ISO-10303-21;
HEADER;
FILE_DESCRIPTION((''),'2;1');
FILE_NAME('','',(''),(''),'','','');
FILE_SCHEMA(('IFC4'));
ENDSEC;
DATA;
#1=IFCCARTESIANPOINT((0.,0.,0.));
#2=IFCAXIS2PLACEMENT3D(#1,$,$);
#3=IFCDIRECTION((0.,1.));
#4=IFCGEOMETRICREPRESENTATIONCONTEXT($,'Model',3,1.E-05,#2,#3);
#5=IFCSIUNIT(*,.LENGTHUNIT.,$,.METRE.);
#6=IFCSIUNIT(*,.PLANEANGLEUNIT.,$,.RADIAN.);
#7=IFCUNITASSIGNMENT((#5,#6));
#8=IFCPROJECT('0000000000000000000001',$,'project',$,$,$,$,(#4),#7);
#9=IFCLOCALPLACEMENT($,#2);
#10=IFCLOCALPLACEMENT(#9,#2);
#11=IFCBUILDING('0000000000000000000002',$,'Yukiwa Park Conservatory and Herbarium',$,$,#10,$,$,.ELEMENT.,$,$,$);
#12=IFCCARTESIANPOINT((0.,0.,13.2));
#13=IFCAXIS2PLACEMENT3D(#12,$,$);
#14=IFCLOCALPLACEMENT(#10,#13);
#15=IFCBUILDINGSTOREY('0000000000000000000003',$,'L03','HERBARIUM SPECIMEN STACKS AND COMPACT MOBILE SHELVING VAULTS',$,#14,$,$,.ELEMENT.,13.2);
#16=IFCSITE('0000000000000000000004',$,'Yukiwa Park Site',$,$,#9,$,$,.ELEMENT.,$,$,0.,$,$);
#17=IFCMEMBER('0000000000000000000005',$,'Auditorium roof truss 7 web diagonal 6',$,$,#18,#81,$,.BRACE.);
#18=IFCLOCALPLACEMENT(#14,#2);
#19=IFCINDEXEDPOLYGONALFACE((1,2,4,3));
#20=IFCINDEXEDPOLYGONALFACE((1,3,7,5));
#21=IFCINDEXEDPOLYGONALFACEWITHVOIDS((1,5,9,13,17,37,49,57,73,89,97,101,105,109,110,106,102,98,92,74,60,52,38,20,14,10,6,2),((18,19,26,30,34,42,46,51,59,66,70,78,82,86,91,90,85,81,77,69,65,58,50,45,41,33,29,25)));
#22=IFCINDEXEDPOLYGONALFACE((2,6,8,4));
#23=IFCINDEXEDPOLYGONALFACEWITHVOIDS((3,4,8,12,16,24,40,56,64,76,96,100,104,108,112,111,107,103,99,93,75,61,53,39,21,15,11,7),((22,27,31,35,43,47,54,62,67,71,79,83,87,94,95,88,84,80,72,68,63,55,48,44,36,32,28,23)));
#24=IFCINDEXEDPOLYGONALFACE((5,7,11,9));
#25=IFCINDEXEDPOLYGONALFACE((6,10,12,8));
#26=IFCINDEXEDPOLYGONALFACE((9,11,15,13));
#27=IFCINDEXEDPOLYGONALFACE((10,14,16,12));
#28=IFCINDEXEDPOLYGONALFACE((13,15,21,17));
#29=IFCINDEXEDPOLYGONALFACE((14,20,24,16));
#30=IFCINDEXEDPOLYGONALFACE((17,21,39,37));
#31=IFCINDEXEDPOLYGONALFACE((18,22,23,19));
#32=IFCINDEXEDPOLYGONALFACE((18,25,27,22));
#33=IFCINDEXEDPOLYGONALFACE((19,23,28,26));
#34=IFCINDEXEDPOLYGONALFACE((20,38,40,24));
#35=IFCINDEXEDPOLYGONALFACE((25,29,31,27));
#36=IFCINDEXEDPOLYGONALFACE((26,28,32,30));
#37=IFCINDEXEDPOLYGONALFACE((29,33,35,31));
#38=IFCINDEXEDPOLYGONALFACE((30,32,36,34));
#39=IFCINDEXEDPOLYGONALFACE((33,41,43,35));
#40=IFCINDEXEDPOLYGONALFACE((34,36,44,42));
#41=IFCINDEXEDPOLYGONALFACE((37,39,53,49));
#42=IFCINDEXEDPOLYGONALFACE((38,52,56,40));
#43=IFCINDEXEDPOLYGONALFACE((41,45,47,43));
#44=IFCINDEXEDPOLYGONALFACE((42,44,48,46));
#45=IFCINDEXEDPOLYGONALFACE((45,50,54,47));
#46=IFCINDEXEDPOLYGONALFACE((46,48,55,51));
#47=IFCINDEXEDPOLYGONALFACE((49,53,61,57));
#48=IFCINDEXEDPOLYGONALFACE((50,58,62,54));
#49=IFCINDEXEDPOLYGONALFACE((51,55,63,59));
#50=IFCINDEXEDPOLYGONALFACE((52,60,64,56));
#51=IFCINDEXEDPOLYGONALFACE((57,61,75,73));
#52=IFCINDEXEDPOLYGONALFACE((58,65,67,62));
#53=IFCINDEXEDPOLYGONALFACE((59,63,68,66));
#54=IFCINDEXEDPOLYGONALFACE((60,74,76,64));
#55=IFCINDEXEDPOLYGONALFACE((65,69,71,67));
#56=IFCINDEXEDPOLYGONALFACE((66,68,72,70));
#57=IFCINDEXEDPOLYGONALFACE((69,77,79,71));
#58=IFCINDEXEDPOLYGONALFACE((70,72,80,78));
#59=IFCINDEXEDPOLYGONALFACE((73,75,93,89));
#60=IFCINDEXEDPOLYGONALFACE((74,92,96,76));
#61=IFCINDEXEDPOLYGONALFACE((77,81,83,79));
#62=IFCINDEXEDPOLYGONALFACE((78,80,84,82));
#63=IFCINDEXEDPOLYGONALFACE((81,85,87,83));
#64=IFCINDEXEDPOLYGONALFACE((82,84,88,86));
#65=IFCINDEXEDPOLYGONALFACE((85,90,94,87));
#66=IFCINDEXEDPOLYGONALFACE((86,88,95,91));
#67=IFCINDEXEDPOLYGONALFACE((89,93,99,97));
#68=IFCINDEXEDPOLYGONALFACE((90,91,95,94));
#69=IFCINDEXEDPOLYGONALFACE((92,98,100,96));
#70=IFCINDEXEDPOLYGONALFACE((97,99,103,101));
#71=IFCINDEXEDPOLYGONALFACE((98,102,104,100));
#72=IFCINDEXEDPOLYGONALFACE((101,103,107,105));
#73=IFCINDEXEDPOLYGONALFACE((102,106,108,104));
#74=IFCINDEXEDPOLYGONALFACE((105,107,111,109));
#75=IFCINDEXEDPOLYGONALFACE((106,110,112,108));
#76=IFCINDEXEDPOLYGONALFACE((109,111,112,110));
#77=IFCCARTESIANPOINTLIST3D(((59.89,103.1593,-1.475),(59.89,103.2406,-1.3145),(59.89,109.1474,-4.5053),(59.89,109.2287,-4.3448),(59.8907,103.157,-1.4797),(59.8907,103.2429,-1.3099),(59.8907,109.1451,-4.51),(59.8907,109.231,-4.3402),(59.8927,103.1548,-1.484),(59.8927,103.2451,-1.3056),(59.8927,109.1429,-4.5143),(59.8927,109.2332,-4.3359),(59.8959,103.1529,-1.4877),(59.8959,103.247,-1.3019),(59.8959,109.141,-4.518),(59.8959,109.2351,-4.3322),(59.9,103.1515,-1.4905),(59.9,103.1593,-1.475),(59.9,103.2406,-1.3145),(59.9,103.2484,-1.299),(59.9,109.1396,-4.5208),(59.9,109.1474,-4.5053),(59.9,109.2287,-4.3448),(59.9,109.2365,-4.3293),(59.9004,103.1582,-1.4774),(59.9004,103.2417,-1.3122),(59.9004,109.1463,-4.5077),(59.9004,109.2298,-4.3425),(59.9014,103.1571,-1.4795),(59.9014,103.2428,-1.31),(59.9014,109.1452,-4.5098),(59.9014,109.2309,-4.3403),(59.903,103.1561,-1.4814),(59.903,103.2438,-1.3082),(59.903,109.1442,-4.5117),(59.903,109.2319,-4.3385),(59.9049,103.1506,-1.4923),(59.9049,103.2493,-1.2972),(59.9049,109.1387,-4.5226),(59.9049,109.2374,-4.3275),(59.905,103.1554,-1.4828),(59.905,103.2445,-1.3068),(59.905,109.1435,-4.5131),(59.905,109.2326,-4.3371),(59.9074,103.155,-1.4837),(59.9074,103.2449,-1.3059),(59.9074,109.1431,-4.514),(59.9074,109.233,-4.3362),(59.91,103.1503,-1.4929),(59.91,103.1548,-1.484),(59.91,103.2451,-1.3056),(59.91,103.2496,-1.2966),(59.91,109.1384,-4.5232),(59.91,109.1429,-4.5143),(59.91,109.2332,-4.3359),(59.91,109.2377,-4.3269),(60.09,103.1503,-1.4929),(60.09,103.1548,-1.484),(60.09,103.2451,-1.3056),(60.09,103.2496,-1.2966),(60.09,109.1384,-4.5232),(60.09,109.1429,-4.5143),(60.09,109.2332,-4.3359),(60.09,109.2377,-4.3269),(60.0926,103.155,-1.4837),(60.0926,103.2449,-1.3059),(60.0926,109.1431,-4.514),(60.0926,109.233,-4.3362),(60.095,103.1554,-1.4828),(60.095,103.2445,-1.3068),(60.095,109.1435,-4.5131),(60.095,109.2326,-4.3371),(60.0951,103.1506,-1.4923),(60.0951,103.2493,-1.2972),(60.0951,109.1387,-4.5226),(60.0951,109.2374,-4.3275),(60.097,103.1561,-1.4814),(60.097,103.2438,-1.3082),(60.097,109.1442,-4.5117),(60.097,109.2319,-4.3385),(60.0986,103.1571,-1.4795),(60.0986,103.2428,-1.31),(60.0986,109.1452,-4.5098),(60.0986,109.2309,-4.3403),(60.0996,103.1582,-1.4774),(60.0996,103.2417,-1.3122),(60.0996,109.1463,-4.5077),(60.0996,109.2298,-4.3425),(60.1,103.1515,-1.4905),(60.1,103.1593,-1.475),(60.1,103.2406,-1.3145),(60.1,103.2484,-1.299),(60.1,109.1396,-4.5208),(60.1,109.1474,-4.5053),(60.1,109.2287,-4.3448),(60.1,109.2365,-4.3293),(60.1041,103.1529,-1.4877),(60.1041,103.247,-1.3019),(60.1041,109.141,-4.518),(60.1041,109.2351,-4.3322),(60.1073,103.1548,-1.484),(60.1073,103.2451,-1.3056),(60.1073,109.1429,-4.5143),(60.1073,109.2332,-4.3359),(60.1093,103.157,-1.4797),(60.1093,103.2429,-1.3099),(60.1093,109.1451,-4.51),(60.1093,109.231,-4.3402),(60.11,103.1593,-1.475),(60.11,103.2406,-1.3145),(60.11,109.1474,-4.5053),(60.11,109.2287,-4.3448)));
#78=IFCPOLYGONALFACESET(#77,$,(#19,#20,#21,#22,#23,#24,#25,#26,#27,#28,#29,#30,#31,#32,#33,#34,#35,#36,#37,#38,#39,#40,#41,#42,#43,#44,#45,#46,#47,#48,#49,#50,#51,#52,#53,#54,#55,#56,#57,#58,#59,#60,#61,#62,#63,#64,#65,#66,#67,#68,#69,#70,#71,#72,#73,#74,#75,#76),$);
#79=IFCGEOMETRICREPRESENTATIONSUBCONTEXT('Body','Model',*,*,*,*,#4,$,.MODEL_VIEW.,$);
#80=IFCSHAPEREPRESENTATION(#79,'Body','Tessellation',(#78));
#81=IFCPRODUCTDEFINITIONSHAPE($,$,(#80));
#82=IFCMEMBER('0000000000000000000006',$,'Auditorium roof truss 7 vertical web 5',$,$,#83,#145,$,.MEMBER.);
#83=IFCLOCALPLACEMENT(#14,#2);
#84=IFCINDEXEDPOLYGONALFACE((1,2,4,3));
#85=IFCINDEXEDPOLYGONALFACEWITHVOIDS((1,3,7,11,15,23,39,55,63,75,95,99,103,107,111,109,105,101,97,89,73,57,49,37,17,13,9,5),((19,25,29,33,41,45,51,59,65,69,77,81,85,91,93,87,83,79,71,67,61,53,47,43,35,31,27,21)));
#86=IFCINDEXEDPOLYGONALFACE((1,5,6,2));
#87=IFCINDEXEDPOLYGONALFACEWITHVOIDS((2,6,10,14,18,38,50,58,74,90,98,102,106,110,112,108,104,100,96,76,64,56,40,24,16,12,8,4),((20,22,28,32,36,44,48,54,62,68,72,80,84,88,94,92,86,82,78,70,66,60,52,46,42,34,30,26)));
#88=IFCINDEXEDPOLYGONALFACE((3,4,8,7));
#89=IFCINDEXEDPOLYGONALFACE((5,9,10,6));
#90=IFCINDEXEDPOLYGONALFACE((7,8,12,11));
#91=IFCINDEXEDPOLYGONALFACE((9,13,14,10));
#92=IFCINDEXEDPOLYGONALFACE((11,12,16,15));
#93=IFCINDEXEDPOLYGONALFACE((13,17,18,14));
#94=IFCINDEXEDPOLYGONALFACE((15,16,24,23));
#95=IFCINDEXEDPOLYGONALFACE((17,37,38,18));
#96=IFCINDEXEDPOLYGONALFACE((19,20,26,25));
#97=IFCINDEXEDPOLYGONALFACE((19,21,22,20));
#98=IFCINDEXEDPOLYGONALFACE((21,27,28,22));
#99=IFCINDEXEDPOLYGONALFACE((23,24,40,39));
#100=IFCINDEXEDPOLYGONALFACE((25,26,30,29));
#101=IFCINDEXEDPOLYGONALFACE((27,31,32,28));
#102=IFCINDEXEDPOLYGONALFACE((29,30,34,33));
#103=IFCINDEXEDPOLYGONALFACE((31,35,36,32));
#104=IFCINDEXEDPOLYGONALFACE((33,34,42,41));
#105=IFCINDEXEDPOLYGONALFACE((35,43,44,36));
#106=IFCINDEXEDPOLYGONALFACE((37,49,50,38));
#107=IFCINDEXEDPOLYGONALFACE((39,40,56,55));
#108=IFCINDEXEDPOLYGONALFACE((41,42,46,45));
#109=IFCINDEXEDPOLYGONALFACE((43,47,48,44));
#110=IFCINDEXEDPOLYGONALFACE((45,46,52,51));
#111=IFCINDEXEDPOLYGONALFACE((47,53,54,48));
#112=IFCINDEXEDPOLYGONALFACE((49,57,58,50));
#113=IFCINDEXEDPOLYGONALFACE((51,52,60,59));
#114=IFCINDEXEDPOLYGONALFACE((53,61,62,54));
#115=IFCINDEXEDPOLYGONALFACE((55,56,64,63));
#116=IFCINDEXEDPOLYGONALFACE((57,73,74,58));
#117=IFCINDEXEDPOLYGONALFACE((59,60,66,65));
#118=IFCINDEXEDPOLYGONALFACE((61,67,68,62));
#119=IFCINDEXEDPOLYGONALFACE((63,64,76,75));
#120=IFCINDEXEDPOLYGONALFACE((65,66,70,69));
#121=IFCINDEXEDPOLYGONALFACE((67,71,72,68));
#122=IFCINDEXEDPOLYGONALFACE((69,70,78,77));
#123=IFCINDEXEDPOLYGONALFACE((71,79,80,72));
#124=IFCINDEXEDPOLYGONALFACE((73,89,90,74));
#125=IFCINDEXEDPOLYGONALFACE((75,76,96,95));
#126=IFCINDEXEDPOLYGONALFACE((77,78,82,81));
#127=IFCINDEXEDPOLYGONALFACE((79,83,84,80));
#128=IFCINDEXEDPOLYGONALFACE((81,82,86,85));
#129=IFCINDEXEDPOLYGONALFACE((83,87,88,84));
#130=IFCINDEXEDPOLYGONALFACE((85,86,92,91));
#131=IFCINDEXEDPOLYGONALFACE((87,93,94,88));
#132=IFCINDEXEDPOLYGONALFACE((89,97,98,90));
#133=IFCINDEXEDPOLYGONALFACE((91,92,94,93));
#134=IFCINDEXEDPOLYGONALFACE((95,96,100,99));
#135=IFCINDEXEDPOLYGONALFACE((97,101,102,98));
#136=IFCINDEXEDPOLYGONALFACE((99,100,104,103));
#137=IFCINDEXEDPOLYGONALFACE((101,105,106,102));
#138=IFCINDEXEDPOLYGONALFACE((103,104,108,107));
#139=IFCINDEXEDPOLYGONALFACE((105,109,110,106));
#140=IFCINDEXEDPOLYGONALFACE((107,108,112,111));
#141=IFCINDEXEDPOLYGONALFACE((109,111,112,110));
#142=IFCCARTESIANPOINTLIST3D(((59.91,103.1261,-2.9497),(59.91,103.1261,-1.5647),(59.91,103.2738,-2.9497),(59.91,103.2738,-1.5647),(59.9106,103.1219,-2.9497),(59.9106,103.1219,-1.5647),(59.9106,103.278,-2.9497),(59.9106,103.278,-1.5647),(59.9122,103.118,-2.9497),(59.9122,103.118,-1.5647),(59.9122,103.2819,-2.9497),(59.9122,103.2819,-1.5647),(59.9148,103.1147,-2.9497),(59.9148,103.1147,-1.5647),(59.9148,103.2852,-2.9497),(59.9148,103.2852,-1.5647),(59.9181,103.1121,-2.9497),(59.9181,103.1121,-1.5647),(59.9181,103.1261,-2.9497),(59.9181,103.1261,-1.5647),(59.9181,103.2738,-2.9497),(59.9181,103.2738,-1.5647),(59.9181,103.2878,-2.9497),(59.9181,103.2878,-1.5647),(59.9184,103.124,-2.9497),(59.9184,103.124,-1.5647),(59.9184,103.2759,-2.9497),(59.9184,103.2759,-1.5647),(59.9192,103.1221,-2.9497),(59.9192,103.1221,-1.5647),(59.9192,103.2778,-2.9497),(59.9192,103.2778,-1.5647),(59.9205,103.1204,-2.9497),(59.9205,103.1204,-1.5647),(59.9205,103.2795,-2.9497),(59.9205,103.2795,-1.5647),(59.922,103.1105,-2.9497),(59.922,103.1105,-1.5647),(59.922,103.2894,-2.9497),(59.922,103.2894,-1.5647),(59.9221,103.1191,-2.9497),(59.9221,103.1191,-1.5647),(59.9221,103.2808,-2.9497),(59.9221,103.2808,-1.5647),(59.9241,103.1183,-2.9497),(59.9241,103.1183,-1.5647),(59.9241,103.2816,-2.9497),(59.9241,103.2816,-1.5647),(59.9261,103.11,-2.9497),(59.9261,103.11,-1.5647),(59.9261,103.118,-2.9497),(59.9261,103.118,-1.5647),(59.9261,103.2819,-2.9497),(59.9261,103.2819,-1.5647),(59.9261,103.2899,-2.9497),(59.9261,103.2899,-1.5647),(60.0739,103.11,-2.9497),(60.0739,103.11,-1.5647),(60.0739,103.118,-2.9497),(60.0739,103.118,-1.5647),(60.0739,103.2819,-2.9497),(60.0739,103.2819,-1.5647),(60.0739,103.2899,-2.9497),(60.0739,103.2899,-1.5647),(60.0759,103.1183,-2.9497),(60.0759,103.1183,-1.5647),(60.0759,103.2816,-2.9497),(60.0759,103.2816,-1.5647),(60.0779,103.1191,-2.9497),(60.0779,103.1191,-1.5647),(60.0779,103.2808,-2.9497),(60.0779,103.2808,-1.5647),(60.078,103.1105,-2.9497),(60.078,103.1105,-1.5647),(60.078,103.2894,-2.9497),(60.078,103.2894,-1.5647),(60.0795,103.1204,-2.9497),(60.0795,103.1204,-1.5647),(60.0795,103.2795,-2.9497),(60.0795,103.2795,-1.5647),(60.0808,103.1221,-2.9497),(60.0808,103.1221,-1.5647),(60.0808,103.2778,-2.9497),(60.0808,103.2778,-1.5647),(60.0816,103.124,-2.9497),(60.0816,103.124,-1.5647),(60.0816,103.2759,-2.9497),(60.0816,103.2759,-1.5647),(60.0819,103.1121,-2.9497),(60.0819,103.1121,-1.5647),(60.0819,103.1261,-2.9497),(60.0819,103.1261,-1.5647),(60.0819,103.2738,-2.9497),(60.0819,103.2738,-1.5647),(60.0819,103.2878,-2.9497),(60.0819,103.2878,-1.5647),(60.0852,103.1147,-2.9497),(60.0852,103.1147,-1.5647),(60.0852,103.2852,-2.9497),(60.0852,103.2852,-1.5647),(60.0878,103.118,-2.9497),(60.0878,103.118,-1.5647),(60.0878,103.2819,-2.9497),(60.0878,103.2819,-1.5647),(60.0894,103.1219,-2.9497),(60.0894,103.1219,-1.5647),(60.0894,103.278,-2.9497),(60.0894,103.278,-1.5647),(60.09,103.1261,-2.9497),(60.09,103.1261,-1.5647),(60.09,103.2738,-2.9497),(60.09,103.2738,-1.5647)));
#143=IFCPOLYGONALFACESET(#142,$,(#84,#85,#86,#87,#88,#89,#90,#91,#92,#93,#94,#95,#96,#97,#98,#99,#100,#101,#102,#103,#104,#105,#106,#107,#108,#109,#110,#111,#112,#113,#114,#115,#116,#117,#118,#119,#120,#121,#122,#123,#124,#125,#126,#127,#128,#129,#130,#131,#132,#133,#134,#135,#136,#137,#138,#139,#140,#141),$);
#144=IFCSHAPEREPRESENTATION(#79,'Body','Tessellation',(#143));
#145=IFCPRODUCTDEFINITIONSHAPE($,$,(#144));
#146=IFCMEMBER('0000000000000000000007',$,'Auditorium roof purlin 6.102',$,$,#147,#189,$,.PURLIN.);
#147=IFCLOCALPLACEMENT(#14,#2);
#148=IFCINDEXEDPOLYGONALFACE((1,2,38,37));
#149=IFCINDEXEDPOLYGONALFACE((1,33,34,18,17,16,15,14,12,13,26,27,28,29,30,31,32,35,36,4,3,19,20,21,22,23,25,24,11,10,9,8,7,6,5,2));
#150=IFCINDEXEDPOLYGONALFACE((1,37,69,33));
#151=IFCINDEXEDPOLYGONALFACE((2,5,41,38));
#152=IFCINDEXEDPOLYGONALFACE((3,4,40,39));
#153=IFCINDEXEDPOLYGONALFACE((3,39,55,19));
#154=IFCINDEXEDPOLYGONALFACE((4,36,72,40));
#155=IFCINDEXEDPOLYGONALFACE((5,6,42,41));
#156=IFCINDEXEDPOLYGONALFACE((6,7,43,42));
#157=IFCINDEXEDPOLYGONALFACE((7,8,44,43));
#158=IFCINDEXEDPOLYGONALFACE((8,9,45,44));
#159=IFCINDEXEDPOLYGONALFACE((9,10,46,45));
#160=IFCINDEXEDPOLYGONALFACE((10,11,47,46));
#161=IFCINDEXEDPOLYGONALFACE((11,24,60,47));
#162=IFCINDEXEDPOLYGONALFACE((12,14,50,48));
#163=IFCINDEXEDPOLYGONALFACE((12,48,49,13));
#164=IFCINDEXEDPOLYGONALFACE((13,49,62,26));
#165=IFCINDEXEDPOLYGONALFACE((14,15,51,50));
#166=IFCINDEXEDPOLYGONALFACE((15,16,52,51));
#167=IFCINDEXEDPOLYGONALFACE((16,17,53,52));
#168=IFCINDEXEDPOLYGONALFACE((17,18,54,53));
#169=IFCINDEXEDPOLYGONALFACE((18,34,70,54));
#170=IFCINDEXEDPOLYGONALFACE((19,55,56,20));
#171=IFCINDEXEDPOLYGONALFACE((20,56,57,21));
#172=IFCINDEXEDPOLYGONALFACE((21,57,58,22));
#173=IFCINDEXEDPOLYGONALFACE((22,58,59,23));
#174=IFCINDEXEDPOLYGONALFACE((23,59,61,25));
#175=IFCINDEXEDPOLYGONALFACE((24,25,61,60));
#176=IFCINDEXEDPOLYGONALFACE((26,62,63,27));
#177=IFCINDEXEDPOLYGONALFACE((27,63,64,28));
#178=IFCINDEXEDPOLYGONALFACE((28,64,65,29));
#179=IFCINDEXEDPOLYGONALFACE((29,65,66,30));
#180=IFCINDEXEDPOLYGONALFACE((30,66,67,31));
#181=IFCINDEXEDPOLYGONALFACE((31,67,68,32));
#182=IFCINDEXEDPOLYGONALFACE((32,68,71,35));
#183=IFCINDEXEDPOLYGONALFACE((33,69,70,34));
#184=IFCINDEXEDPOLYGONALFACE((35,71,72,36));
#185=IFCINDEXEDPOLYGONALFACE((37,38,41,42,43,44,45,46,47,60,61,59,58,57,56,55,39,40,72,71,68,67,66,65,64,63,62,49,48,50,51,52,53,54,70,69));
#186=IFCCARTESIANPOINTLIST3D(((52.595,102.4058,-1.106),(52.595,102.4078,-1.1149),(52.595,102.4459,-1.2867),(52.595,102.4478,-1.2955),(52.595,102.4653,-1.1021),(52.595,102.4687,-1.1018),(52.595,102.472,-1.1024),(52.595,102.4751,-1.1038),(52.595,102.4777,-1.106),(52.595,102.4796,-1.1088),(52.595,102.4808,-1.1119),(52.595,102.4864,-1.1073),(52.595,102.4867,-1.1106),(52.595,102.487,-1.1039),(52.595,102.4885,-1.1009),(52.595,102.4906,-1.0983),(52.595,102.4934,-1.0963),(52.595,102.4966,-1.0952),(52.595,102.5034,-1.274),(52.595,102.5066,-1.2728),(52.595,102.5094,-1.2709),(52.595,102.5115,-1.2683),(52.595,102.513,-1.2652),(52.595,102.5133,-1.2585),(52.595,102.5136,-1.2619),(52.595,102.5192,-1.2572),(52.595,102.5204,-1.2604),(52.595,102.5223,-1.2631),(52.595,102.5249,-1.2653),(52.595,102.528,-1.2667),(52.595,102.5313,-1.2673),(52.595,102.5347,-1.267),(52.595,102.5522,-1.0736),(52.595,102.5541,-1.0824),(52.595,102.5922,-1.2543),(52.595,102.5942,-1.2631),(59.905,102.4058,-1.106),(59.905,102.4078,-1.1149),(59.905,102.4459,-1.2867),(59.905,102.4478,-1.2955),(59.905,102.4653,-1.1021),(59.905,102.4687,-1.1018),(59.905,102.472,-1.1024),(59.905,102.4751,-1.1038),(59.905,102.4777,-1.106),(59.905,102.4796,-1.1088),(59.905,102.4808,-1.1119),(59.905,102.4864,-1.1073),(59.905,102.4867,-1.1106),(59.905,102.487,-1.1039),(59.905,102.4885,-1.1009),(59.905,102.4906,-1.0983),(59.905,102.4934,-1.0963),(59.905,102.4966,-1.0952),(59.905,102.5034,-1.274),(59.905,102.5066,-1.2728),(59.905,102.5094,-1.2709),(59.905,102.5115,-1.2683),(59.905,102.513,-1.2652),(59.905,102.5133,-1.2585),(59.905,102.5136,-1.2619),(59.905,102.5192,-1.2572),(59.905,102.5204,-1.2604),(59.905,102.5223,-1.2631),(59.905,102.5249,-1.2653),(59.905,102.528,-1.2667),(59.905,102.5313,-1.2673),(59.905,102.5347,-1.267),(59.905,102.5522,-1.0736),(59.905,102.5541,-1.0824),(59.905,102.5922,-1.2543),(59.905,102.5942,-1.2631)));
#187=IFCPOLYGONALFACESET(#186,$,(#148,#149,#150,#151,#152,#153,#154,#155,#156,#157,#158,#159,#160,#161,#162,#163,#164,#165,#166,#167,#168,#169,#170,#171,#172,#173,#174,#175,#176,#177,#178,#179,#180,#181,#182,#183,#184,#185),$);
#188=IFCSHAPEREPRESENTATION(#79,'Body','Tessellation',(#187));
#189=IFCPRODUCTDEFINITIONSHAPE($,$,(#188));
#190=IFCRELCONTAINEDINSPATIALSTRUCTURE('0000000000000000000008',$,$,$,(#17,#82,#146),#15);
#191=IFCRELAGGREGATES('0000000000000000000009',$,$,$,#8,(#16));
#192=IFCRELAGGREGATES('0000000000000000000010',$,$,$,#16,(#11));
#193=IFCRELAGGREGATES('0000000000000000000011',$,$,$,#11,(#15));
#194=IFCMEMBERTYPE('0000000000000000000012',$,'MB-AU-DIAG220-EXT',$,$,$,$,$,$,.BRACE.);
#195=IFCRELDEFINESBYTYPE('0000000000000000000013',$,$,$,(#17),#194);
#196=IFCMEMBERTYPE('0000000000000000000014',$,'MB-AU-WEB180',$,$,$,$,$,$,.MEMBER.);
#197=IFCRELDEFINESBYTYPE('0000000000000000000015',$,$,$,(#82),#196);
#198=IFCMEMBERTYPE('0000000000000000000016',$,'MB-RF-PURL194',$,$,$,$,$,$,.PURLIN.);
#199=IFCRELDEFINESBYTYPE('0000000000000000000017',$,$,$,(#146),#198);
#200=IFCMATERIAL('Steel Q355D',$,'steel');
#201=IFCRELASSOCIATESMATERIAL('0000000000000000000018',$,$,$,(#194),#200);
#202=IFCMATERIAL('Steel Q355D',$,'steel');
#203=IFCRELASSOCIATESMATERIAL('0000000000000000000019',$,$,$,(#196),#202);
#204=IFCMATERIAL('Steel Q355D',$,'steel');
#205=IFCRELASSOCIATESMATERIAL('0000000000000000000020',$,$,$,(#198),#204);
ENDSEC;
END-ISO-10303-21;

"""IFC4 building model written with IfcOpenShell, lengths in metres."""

from ifc_helpers import new_model, si_unit, direction, frame, origin, origin_2d, place, context, subcontext, project, spatial, hollow_rectangle, i_section, extrude, material, material_profile, profile_set, type_object, element, save


model = new_model("IFC4")

# Units and contexts
model_context = context("Model", 3, precision=1e-05, world=origin(), true_north=direction((0.0, 1.0)))
body_context = subcontext(model_context, "Body", "Model", "MODEL_VIEW")
ifc_project = project(units=[si_unit("LENGTHUNIT", "METRE"), si_unit("PLANEANGLEUNIT", "RADIAN")], contexts=[model_context])

# Site, building, storey
site_placement = place(None, origin())
site = spatial("IfcSite", under=ifc_project, at=site_placement, Name="Yukiwa Park Site", CompositionType="ELEMENT", RefElevation=0.0)
building_placement = place(site_placement, origin())
building = spatial("IfcBuilding", under=site, at=building_placement, Name="Yukiwa Park Conservatory and Herbarium", CompositionType="ELEMENT")
storey_placement = place(building_placement, frame((0.0, 0.0, 13.2)))
storey = spatial("IfcBuildingStorey", under=building, at=storey_placement, Name="L03", Description="HERBARIUM SPECIMEN STACKS AND COMPACT MOBILE SHELVING VAULTS", CompositionType="ELEMENT", Elevation=13.2)

# Members
ifc_material_1 = material(Name="Steel Q355D", Category="steel")
ifc_material_profile_1 = material_profile(ifc_material_1, hollow_rectangle(XDim=0.22, YDim=0.22, WallThickness=0.01, InnerFilletRadius=0.01, OuterFilletRadius=0.02, at=origin_2d()), Name="SHS 220x220x10")
ifc_profile_set_1 = profile_set([ifc_material_profile_1], Name="Steel Q355D")
member_type_1 = type_object("IfcMemberType", Name="MB-AU-DIAG220-EXT", PredefinedType="BRACE", material=ifc_profile_set_1)
member_1_placement = place(storey_placement, frame((60.0, 103.2, -1.3948), z_axis=(0.0, 0.892256, -0.45153), x_axis=(-1.0, 0.0, 0.0)))
element("IfcMember", 1, at=member_1_placement, inside=storey, type_object=member_type_1, Name="Auditorium roof truss 7 web diagonal 6", PredefinedType="BRACE", context=body_context, shape_type="SweptSolid", body=[
    extrude(hollow_rectangle(XDim=0.22, YDim=0.22, WallThickness=0.01, InnerFilletRadius=0.01, OuterFilletRadius=0.02, at=origin_2d()), origin(), (0.0, 0.0, 1.0), 6.7112),
])
ifc_material_2 = material(Name="Steel Q355D", Category="steel")
ifc_material_profile_2 = material_profile(ifc_material_2, hollow_rectangle(XDim=0.1799, YDim=0.1799, WallThickness=0.0081, InnerFilletRadius=0.0081, OuterFilletRadius=0.0161, at=origin_2d()), Name="SHS 180x180x8")
ifc_profile_set_2 = profile_set([ifc_material_profile_2], Name="Steel Q355D")
member_type_2 = type_object("IfcMemberType", Name="MB-AU-WEB180", PredefinedType="MEMBER", material=ifc_profile_set_2)
member_2_placement = place(storey_placement, frame((60.0, 103.2, -2.9497), z_axis=(0.0, 0.0, 1.0), x_axis=(1.0, 0.0, 0.0)))
element("IfcMember", 2, at=member_2_placement, inside=storey, type_object=member_type_2, Name="Auditorium roof truss 7 vertical web 5", PredefinedType="MEMBER", context=body_context, shape_type="SweptSolid", body=[
    extrude(hollow_rectangle(XDim=0.1799, YDim=0.1799, WallThickness=0.0081, InnerFilletRadius=0.0081, OuterFilletRadius=0.0161, at=origin_2d()), origin(), (0.0, 0.0, 1.0), 1.385),
])
ifc_material_3 = material(Name="Steel Q355D", Category="steel")
ifc_material_profile_3 = material_profile(ifc_material_3, i_section(OverallWidth=0.1499, OverallDepth=0.1941, WebThickness=0.0061, FlangeThickness=0.009, FilletRadius=0.0129, at=origin_2d()), Name="HM 194x150x6x9")
ifc_profile_set_3 = profile_set([ifc_material_profile_3], Name="Steel Q355D")
member_type_3 = type_object("IfcMemberType", Name="MB-RF-PURL194", PredefinedType="PURLIN", material=ifc_profile_set_3)
for number, where, z_axis, x_axis, name in (
    (3, (52.595, 102.5, -1.1846), (1.0, 0.0, 0.0), (0.0, 0.976296, 0.21644), "Auditorium roof purlin 6.102"),
):
    element("IfcMember", number, at=place(storey_placement, frame(where, z_axis=z_axis, x_axis=x_axis)), inside=storey, type_object=member_type_3, Name=name, PredefinedType="PURLIN", context=body_context, shape_type="SweptSolid", body=[
        extrude(i_section(OverallWidth=0.1499, OverallDepth=0.1941, WebThickness=0.0061, FlangeThickness=0.009, FilletRadius=0.0129, at=origin_2d()), origin(), (0.0, 0.0, 1.0), 7.3101),
    ])

save(model, "model.ifc")
